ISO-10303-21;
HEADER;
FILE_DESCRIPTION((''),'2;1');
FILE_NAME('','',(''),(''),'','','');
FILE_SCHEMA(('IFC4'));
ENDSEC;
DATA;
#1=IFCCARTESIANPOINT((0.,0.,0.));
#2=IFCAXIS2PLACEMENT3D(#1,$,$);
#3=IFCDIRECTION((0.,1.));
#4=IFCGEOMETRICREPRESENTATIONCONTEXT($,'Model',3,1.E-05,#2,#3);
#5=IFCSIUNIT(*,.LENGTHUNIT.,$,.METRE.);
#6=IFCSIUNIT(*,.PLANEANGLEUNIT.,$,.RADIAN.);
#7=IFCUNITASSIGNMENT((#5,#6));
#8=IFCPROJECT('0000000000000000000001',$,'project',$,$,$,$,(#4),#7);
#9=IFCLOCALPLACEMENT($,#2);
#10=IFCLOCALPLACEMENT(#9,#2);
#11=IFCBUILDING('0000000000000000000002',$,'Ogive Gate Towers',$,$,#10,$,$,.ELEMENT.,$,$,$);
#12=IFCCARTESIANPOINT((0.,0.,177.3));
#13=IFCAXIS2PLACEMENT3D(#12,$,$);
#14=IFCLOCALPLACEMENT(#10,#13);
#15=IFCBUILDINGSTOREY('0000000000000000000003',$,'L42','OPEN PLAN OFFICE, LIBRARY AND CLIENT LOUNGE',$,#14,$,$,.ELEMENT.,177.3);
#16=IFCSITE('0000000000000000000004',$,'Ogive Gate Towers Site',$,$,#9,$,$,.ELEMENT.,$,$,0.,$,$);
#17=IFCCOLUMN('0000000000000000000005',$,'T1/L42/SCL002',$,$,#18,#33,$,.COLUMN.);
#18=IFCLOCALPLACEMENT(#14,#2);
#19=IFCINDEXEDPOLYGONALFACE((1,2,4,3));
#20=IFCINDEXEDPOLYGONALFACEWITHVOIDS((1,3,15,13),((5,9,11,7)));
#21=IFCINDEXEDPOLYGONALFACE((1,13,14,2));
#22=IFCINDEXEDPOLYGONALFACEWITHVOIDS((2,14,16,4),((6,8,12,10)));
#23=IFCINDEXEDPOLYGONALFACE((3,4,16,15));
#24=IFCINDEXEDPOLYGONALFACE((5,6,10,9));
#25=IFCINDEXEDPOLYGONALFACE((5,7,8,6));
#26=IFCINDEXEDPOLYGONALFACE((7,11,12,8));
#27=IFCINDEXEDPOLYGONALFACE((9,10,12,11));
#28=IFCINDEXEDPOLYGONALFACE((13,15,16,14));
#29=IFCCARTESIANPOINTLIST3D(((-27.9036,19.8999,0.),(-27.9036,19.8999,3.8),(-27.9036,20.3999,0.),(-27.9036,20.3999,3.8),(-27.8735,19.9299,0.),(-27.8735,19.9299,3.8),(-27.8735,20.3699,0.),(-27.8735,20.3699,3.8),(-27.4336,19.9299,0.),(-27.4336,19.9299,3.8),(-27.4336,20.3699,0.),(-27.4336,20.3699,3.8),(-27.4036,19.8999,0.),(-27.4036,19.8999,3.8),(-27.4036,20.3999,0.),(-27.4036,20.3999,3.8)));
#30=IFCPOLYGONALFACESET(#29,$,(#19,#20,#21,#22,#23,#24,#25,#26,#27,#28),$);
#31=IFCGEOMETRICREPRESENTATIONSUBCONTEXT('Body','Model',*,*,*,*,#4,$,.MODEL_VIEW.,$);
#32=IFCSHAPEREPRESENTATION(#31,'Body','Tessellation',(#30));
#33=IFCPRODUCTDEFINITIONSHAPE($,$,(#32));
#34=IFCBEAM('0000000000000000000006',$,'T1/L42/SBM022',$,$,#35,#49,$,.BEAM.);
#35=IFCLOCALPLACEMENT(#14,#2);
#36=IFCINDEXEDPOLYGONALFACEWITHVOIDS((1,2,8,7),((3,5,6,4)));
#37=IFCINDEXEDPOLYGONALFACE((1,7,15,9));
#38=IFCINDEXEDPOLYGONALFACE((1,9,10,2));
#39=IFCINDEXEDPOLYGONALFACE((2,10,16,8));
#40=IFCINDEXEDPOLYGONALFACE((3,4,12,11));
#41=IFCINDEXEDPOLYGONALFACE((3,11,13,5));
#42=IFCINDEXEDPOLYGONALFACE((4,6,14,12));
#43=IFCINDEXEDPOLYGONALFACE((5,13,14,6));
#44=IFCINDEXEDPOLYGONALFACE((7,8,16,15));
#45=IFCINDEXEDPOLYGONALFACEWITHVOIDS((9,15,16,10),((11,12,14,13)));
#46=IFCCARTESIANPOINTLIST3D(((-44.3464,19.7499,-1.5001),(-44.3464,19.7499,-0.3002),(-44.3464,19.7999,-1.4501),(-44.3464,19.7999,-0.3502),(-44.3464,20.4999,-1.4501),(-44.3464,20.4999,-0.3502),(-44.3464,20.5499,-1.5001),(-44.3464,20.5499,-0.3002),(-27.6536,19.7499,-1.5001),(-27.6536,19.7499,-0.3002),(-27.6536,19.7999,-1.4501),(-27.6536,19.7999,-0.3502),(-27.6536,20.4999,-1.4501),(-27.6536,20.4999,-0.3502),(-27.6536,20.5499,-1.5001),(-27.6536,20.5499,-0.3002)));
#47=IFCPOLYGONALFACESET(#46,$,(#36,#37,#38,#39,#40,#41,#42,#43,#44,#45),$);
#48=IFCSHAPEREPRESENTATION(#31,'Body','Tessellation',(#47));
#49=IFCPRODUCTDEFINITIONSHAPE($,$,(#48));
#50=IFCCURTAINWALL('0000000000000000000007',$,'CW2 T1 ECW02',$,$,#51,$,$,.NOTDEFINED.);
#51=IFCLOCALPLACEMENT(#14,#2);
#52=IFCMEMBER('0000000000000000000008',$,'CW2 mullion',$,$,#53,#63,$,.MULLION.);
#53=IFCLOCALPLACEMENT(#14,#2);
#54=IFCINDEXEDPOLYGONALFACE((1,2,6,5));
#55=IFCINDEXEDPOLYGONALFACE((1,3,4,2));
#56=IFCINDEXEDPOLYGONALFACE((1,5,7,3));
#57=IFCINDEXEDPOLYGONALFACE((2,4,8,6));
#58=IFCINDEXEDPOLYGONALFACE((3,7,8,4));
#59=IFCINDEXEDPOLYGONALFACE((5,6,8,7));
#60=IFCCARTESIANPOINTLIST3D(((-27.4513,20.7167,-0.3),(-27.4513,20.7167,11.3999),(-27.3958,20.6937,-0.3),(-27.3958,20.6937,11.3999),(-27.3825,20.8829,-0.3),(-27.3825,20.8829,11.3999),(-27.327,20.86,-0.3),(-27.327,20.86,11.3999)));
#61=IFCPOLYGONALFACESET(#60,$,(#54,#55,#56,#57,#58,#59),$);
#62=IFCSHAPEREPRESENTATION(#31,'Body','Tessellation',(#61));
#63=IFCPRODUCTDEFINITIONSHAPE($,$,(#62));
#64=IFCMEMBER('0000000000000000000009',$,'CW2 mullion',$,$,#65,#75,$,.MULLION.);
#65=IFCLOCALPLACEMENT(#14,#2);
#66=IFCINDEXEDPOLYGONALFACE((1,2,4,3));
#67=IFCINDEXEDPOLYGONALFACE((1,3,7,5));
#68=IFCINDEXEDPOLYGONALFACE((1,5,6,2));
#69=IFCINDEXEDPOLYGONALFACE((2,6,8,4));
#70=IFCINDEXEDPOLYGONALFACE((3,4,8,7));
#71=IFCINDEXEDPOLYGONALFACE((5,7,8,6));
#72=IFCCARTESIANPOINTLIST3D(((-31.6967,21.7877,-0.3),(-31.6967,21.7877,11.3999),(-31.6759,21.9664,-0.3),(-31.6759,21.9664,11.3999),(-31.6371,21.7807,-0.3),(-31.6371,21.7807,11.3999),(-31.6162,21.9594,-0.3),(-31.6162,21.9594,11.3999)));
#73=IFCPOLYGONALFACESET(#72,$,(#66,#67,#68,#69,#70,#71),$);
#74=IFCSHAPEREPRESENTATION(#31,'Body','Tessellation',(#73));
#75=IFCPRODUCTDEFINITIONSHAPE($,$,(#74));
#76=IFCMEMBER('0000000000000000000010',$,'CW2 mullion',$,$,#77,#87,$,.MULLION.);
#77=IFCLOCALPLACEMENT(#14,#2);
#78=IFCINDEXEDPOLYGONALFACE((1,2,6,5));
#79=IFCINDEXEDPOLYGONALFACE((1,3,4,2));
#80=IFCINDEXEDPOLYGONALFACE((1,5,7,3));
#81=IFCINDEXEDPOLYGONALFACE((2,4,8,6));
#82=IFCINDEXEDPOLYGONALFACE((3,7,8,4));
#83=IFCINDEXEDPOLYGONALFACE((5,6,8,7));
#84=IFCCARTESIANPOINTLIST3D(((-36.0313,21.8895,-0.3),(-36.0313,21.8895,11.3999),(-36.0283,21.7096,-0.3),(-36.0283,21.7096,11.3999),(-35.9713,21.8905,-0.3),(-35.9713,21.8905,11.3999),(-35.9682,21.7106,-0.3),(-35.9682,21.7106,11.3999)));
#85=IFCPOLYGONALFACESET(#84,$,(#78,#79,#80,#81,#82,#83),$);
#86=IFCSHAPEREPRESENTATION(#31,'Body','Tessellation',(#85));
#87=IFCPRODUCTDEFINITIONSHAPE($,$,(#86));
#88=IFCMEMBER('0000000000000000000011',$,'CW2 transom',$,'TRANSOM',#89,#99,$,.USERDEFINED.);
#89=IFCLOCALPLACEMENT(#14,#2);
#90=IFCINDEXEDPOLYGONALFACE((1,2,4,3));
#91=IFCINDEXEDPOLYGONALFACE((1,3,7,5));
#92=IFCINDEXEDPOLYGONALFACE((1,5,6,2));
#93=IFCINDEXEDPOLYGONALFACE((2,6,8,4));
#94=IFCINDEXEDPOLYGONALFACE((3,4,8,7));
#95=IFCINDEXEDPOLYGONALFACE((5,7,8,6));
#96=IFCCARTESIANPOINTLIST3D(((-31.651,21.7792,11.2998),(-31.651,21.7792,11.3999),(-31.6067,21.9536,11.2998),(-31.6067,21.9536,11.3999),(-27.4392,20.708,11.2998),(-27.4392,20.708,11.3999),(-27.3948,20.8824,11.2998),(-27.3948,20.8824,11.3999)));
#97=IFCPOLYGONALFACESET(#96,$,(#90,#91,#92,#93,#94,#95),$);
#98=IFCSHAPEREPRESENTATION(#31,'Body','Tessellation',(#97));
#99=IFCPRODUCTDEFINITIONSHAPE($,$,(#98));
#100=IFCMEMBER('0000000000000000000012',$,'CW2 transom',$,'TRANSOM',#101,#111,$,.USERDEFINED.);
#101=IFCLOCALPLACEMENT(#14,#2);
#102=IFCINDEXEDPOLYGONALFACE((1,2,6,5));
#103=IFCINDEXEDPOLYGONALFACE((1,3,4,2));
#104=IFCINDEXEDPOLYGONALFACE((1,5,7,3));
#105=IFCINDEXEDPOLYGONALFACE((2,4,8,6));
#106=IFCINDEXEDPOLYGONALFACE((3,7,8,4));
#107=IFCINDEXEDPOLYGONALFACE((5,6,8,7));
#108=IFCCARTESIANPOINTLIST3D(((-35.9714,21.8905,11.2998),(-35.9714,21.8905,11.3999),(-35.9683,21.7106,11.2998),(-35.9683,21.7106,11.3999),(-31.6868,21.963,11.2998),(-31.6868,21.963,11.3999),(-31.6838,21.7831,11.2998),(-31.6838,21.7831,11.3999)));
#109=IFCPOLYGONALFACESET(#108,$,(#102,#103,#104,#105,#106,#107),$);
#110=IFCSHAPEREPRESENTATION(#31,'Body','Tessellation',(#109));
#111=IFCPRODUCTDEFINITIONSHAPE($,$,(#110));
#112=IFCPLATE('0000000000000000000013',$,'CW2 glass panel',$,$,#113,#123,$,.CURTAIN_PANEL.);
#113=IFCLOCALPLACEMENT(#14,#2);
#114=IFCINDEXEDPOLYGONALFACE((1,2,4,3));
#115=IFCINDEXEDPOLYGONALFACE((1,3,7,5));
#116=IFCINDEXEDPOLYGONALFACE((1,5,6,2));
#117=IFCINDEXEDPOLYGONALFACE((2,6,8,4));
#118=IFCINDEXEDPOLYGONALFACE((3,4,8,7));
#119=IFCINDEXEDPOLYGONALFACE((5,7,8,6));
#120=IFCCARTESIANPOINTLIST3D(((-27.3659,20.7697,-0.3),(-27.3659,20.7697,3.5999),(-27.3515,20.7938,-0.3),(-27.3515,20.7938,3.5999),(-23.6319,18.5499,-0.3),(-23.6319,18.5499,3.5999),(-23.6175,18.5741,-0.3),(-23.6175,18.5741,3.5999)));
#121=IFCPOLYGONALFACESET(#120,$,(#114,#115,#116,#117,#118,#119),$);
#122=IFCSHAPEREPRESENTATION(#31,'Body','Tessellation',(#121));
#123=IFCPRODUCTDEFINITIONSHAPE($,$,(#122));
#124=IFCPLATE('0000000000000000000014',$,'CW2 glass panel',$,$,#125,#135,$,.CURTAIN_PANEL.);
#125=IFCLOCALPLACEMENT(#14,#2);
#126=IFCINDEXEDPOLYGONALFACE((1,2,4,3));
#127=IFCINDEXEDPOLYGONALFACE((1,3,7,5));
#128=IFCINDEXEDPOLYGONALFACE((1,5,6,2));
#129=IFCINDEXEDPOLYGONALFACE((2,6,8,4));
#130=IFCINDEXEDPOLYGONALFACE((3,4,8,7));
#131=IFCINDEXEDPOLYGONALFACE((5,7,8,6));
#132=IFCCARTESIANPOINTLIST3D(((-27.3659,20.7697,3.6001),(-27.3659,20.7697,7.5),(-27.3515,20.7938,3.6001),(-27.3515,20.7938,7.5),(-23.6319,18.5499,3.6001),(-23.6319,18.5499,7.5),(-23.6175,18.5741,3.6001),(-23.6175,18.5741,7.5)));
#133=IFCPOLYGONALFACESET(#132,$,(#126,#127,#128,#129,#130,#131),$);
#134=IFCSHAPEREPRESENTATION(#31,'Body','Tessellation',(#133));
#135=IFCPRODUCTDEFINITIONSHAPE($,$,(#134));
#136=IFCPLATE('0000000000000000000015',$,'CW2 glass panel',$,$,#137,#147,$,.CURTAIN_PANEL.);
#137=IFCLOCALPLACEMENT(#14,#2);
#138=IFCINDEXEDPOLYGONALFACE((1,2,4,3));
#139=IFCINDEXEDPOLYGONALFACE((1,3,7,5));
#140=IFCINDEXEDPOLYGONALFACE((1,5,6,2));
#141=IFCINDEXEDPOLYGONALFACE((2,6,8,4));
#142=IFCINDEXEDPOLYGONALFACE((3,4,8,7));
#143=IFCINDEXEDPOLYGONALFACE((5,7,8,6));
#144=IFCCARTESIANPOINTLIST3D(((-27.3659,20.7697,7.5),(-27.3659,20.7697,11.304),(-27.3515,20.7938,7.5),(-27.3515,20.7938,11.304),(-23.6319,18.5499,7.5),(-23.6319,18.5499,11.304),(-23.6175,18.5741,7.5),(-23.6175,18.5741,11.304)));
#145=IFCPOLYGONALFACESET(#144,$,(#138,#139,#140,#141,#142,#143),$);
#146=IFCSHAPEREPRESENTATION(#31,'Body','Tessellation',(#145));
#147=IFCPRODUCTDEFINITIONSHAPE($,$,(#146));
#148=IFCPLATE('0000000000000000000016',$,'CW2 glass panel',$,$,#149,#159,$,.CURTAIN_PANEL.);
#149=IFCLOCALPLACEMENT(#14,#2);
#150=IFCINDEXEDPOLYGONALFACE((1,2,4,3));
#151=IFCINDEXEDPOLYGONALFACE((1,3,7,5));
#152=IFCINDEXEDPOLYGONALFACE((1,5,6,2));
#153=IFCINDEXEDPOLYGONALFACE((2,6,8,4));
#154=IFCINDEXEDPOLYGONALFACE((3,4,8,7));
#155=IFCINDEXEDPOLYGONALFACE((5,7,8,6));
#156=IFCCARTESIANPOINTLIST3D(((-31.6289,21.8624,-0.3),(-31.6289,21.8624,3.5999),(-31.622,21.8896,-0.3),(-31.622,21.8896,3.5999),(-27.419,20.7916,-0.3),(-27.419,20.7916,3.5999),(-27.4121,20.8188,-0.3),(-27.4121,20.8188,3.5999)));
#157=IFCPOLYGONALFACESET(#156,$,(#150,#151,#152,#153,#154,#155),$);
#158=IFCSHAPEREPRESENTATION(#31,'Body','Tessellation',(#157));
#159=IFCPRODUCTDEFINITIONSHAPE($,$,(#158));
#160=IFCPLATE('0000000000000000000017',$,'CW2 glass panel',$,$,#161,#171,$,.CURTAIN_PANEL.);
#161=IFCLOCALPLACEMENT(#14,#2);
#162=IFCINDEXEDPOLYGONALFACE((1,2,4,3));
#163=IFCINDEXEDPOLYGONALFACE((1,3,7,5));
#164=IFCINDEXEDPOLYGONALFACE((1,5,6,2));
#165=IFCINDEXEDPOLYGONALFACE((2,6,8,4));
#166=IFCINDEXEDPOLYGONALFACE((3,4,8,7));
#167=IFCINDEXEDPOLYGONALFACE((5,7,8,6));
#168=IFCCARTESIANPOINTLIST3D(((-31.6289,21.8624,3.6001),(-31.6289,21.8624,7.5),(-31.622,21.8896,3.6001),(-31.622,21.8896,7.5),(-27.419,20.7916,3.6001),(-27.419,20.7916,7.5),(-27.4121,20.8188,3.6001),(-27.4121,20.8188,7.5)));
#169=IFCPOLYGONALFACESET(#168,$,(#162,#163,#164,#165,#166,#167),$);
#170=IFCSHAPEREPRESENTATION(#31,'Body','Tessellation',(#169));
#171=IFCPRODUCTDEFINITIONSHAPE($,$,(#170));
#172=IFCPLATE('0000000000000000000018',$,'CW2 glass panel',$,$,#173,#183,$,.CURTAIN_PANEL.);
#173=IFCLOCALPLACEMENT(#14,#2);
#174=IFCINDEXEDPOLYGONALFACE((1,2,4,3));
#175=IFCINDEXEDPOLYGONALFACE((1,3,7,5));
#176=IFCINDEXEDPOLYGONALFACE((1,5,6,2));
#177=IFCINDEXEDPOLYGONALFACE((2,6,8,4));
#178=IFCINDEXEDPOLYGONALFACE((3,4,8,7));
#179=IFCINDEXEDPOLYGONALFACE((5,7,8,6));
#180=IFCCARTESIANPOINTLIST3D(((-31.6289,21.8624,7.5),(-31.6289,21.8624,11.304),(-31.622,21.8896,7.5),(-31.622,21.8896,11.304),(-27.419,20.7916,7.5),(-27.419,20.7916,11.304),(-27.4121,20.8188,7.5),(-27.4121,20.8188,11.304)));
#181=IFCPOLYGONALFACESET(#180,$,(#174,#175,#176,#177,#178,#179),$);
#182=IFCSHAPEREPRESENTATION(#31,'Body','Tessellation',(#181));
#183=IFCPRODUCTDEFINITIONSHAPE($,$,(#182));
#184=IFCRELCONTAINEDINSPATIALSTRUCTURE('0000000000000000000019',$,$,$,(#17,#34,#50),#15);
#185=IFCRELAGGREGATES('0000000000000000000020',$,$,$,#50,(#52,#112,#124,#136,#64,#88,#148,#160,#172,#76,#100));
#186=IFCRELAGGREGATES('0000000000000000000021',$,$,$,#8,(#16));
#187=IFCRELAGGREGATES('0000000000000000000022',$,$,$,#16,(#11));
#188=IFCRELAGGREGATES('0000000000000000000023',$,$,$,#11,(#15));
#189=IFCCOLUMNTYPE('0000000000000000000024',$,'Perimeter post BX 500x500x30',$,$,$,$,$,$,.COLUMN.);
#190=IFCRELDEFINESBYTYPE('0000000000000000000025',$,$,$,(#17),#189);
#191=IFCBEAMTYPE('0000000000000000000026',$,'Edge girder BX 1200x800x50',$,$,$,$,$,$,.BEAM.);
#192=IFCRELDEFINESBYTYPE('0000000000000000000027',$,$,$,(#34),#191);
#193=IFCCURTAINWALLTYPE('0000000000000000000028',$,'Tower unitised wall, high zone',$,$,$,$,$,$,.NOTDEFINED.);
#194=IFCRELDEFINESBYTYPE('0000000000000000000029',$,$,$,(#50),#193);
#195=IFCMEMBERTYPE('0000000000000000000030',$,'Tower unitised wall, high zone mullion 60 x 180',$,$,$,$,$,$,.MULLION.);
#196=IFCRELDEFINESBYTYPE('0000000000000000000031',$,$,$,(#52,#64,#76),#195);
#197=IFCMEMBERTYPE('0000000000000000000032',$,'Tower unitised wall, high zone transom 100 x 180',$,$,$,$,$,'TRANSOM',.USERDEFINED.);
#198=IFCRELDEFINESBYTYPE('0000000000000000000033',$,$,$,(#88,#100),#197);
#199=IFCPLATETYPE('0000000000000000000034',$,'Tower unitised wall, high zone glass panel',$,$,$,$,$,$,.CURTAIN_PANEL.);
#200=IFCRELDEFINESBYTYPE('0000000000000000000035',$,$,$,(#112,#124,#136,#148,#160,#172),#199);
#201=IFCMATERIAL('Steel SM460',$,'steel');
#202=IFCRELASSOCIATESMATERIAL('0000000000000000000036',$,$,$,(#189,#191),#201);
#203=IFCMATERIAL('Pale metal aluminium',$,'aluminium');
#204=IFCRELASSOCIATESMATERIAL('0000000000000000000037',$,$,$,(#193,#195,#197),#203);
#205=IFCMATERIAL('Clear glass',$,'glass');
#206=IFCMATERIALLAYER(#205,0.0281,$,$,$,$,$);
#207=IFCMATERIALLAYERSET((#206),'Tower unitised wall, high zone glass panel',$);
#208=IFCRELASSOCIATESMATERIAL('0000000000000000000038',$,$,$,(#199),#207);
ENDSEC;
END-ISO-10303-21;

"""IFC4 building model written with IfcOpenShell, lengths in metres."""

from ifc_helpers import new_model, si_unit, direction, frame, origin, origin_2d, place, context, subcontext, project, spatial, rectangle, hollow_rectangle, extrude, material, layer, layer_set, material_profile, profile_set, type_object, element, aggregate, save


model = new_model("IFC4")

# Units and contexts
model_context = context("Model", 3, precision=1e-05, world=origin(), true_north=direction((0.0, 1.0)))
body_context = subcontext(model_context, "Body", "Model", "MODEL_VIEW")
ifc_project = project(units=[si_unit("LENGTHUNIT", "METRE"), si_unit("PLANEANGLEUNIT", "RADIAN")], contexts=[model_context])

# Site, building, storey
site_placement = place(None, origin())
site = spatial("IfcSite", under=ifc_project, at=site_placement, Name="Ogive Gate Towers Site", CompositionType="ELEMENT", RefElevation=0.0)
building_placement = place(site_placement, origin())
building = spatial("IfcBuilding", under=site, at=building_placement, Name="Ogive Gate Towers", CompositionType="ELEMENT")
storey_placement = place(building_placement, frame((0.0, 0.0, 177.3)))
storey = spatial("IfcBuildingStorey", under=building, at=storey_placement, Name="L42", Description="OPEN PLAN OFFICE, LIBRARY AND CLIENT LOUNGE", CompositionType="ELEMENT", Elevation=177.3)

# Column
ifc_material_1 = material(Name="Steel SM460", Category="steel")
ifc_material_profile_1 = material_profile(ifc_material_1, hollow_rectangle(XDim=0.5, YDim=0.5, WallThickness=0.03, at=origin_2d()), Name="BX 500x500x30")
ifc_profile_set_1 = profile_set([ifc_material_profile_1], Name="Steel SM460")
column_type = type_object("IfcColumnType", Name="Perimeter post BX 500x500x30", PredefinedType="COLUMN", material=ifc_profile_set_1)
column_placement = place(storey_placement, frame((-27.6536, 20.1499, 0.0), z_axis=(0.0, 0.0, 1.0), x_axis=(1.0, 0.0, 0.0)))
element("IfcColumn", 1, at=column_placement, inside=storey, type_object=column_type, Name="T1/L42/SCL002", PredefinedType="COLUMN", context=body_context, shape_type="SweptSolid", body=[
    extrude(hollow_rectangle(XDim=0.5, YDim=0.5, WallThickness=0.03, at=origin_2d()), origin(), (0.0, 0.0, 1.0), 3.8),
])

# Beam
ifc_material_profile_2 = material_profile(ifc_material_1, hollow_rectangle(XDim=0.8, YDim=1.2, WallThickness=0.05, at=origin_2d()), Name="BX 1200x800x50")
ifc_profile_set_2 = profile_set([ifc_material_profile_2], Name="Steel SM460")
beam_type = type_object("IfcBeamType", Name="Edge girder BX 1200x800x50", PredefinedType="BEAM", material=ifc_profile_set_2)
beam_placement = place(storey_placement, frame((-27.6536, 20.1499, -0.9001), z_axis=(-1.0, 0.0, 0.0), x_axis=(0.0, -1.0, 0.0)))
element("IfcBeam", 2, at=beam_placement, inside=storey, type_object=beam_type, Name="T1/L42/SBM022", PredefinedType="BEAM", context=body_context, shape_type="SweptSolid", body=[
    extrude(hollow_rectangle(XDim=0.8, YDim=1.2, WallThickness=0.05, at=origin_2d()), origin(), (0.0, 0.0, 1.0), 16.6929),
])

# Curtain wall, members, plates
ifc_material_2 = material(Name="Pale metal aluminium", Category="aluminium")
curtain_wall_type = type_object("IfcCurtainWallType", Name="Tower unitised wall, high zone", PredefinedType="NOTDEFINED", material=ifc_material_2)
curtain_wall_placement = place(storey_placement, origin())
curtain_wall = element("IfcCurtainWall", 3, at=curtain_wall_placement, inside=storey, type_object=curtain_wall_type, Name="CW2 T1 ECW02", PredefinedType="NOTDEFINED")
ifc_material_profile_3 = material_profile(ifc_material_2, rectangle(XDim=0.1799, YDim=0.0601, at=origin_2d()), Name="60 x 180 aluminium box")
ifc_profile_set_3 = profile_set([ifc_material_profile_3], Name="Pale metal aluminium")
member_type_1 = type_object("IfcMemberType", Name="Tower unitised wall, high zone mullion 60 x 180", PredefinedType="MULLION", material=ifc_profile_set_3)
member_1_placement = place(storey_placement, frame((-27.3892, 20.7883, -0.3), z_axis=(0.0, 0.0, 1.0), x_axis=(0.382683, 0.92388, 0.0)))
member_1 = element("IfcMember", 4, at=member_1_placement, type_object=member_type_1, Name="CW2 mullion", PredefinedType="MULLION", context=body_context, shape_type="SweptSolid", body=[
    extrude(rectangle(XDim=0.1799, YDim=0.0601, at=origin_2d()), origin(), (0.0, 0.0, 1.0), 11.7),
])
member_2_placement = place(storey_placement, frame((-31.6565, 21.8735, -0.3), z_axis=(0.0, 0.0, 1.0), x_axis=(0.115804, 0.993272, 0.0)))
member_2 = element("IfcMember", 5, at=member_2_placement, type_object=member_type_1, Name="CW2 mullion", PredefinedType="MULLION", context=body_context, shape_type="SweptSolid", body=[
    extrude(rectangle(XDim=0.1799, YDim=0.0601, at=origin_2d()), origin(), (0.0, 0.0, 1.0), 11.7),
])
member_3_placement = place(storey_placement, frame((-35.9998, 21.8, -0.3), z_axis=(0.0, 0.0, 1.0), x_axis=(-0.016911, 0.999857, 0.0)))
member_3 = element("IfcMember", 6, at=member_3_placement, type_object=member_type_1, Name="CW2 mullion", PredefinedType="MULLION", context=body_context, shape_type="SweptSolid", body=[
    extrude(rectangle(XDim=0.1799, YDim=0.0601, at=origin_2d()), origin(), (0.0, 0.0, 1.0), 11.7),
])
ifc_material_profile_4 = material_profile(ifc_material_2, rectangle(XDim=0.1799, YDim=0.1001, at=origin_2d()), Name="100 x 180 aluminium box")
ifc_profile_set_4 = profile_set([ifc_material_profile_4], Name="Pale metal aluminium")
member_type_2 = type_object("IfcMemberType", Name="Tower unitised wall, high zone transom 100 x 180", ElementType="TRANSOM", PredefinedType="USERDEFINED", material=ifc_profile_set_4)
member_4_placement = place(storey_placement, frame((-27.417, 20.7952, 11.3499), z_axis=(-0.969143, 0.246499, 0.0), x_axis=(-0.246499, -0.969143, 0.0)))
member_4 = element("IfcMember", 7, at=member_4_placement, type_object=member_type_2, Name="CW2 transom", ObjectType="TRANSOM", PredefinedType="USERDEFINED", context=body_context, shape_type="SweptSolid", body=[
    extrude(rectangle(XDim=0.1799, YDim=0.1001, at=origin_2d()), origin(), (0.0, 0.0, 1.0), 4.3459),
])
member_5_placement = place(storey_placement, frame((-31.6853, 21.873, 11.3499), z_axis=(-0.999857, -0.016922, 0.0), x_axis=(0.016922, -0.999857, 0.0)))
member_5 = element("IfcMember", 8, at=member_5_placement, type_object=member_type_2, Name="CW2 transom", ObjectType="TRANSOM", PredefinedType="USERDEFINED", context=body_context, shape_type="SweptSolid", body=[
    extrude(rectangle(XDim=0.1799, YDim=0.1001, at=origin_2d()), origin(), (0.0, 0.0, 1.0), 4.2852),
])
ifc_material_3 = material(Name="Clear glass", Category="glass")
ifc_layer = layer(ifc_material_3, 0.0281)
ifc_layer_set = layer_set([ifc_layer], Name="Tower unitised wall, high zone glass panel")
plate_type = type_object("IfcPlateType", Name="Tower unitised wall, high zone glass panel", PredefinedType="CURTAIN_PANEL", material=ifc_layer_set)
plate_1_placement = place(storey_placement, frame((-25.4917, 19.6719, -0.3), z_axis=(0.0, 0.0, 1.0), x_axis=(-0.859585, 0.510993, 0.0)))
plate_1 = element("IfcPlate", 9, at=plate_1_placement, type_object=plate_type, Name="CW2 glass panel", PredefinedType="CURTAIN_PANEL", context=body_context, shape_type="SweptSolid", body=[
    extrude(rectangle(XDim=4.344, YDim=0.0281, at=origin_2d()), origin(), (0.0, 0.0, 1.0), 3.8999),
])
plate_2_placement = place(storey_placement, frame((-25.4917, 19.6719, 3.6001), z_axis=(0.0, 0.0, 1.0), x_axis=(-0.859585, 0.510993, 0.0)))
plate_2 = element("IfcPlate", 10, at=plate_2_placement, type_object=plate_type, Name="CW2 glass panel", PredefinedType="CURTAIN_PANEL", context=body_context, shape_type="SweptSolid", body=[
    extrude(rectangle(XDim=4.344, YDim=0.0281, at=origin_2d()), origin(), (0.0, 0.0, 1.0), 3.8999),
])
plate_3_placement = place(storey_placement, frame((-25.4917, 19.6719, 7.5), z_axis=(0.0, 0.0, 1.0), x_axis=(-0.859585, 0.510993, 0.0)))
plate_3 = element("IfcPlate", 11, at=plate_3_placement, type_object=plate_type, Name="CW2 glass panel", PredefinedType="CURTAIN_PANEL", context=body_context, shape_type="SweptSolid", body=[
    extrude(rectangle(XDim=4.344, YDim=0.0281, at=origin_2d()), origin(), (0.0, 0.0, 1.0), 3.804),
])
plate_4_placement = place(storey_placement, frame((-29.5205, 21.3406, -0.3), z_axis=(0.0, 0.0, 1.0), x_axis=(-0.969145, 0.246492, 0.0)))
plate_4 = element("IfcPlate", 12, at=plate_4_placement, type_object=plate_type, Name="CW2 glass panel", PredefinedType="CURTAIN_PANEL", context=body_context, shape_type="SweptSolid", body=[
    extrude(rectangle(XDim=4.344, YDim=0.0281, at=origin_2d()), origin(), (0.0, 0.0, 1.0), 3.8999),
])
plate_5_placement = place(storey_placement, frame((-29.5205, 21.3406, 3.6001), z_axis=(0.0, 0.0, 1.0), x_axis=(-0.969145, 0.246492, 0.0)))
plate_5 = element("IfcPlate", 13, at=plate_5_placement, type_object=plate_type, Name="CW2 glass panel", PredefinedType="CURTAIN_PANEL", context=body_context, shape_type="SweptSolid", body=[
    extrude(rectangle(XDim=4.344, YDim=0.0281, at=origin_2d()), origin(), (0.0, 0.0, 1.0), 3.8999),
])
plate_6_placement = place(storey_placement, frame((-29.5205, 21.3406, 7.5), z_axis=(0.0, 0.0, 1.0), x_axis=(-0.969145, 0.246492, 0.0)))
plate_6 = element("IfcPlate", 14, at=plate_6_placement, type_object=plate_type, Name="CW2 glass panel", PredefinedType="CURTAIN_PANEL", context=body_context, shape_type="SweptSolid", body=[
    extrude(rectangle(XDim=4.344, YDim=0.0281, at=origin_2d()), origin(), (0.0, 0.0, 1.0), 3.804),
])
aggregate(curtain_wall, [member_1, plate_1, plate_2, plate_3, member_2, member_4, plate_4, plate_5, plate_6, member_3, member_5])

save(model, "model.ifc")
